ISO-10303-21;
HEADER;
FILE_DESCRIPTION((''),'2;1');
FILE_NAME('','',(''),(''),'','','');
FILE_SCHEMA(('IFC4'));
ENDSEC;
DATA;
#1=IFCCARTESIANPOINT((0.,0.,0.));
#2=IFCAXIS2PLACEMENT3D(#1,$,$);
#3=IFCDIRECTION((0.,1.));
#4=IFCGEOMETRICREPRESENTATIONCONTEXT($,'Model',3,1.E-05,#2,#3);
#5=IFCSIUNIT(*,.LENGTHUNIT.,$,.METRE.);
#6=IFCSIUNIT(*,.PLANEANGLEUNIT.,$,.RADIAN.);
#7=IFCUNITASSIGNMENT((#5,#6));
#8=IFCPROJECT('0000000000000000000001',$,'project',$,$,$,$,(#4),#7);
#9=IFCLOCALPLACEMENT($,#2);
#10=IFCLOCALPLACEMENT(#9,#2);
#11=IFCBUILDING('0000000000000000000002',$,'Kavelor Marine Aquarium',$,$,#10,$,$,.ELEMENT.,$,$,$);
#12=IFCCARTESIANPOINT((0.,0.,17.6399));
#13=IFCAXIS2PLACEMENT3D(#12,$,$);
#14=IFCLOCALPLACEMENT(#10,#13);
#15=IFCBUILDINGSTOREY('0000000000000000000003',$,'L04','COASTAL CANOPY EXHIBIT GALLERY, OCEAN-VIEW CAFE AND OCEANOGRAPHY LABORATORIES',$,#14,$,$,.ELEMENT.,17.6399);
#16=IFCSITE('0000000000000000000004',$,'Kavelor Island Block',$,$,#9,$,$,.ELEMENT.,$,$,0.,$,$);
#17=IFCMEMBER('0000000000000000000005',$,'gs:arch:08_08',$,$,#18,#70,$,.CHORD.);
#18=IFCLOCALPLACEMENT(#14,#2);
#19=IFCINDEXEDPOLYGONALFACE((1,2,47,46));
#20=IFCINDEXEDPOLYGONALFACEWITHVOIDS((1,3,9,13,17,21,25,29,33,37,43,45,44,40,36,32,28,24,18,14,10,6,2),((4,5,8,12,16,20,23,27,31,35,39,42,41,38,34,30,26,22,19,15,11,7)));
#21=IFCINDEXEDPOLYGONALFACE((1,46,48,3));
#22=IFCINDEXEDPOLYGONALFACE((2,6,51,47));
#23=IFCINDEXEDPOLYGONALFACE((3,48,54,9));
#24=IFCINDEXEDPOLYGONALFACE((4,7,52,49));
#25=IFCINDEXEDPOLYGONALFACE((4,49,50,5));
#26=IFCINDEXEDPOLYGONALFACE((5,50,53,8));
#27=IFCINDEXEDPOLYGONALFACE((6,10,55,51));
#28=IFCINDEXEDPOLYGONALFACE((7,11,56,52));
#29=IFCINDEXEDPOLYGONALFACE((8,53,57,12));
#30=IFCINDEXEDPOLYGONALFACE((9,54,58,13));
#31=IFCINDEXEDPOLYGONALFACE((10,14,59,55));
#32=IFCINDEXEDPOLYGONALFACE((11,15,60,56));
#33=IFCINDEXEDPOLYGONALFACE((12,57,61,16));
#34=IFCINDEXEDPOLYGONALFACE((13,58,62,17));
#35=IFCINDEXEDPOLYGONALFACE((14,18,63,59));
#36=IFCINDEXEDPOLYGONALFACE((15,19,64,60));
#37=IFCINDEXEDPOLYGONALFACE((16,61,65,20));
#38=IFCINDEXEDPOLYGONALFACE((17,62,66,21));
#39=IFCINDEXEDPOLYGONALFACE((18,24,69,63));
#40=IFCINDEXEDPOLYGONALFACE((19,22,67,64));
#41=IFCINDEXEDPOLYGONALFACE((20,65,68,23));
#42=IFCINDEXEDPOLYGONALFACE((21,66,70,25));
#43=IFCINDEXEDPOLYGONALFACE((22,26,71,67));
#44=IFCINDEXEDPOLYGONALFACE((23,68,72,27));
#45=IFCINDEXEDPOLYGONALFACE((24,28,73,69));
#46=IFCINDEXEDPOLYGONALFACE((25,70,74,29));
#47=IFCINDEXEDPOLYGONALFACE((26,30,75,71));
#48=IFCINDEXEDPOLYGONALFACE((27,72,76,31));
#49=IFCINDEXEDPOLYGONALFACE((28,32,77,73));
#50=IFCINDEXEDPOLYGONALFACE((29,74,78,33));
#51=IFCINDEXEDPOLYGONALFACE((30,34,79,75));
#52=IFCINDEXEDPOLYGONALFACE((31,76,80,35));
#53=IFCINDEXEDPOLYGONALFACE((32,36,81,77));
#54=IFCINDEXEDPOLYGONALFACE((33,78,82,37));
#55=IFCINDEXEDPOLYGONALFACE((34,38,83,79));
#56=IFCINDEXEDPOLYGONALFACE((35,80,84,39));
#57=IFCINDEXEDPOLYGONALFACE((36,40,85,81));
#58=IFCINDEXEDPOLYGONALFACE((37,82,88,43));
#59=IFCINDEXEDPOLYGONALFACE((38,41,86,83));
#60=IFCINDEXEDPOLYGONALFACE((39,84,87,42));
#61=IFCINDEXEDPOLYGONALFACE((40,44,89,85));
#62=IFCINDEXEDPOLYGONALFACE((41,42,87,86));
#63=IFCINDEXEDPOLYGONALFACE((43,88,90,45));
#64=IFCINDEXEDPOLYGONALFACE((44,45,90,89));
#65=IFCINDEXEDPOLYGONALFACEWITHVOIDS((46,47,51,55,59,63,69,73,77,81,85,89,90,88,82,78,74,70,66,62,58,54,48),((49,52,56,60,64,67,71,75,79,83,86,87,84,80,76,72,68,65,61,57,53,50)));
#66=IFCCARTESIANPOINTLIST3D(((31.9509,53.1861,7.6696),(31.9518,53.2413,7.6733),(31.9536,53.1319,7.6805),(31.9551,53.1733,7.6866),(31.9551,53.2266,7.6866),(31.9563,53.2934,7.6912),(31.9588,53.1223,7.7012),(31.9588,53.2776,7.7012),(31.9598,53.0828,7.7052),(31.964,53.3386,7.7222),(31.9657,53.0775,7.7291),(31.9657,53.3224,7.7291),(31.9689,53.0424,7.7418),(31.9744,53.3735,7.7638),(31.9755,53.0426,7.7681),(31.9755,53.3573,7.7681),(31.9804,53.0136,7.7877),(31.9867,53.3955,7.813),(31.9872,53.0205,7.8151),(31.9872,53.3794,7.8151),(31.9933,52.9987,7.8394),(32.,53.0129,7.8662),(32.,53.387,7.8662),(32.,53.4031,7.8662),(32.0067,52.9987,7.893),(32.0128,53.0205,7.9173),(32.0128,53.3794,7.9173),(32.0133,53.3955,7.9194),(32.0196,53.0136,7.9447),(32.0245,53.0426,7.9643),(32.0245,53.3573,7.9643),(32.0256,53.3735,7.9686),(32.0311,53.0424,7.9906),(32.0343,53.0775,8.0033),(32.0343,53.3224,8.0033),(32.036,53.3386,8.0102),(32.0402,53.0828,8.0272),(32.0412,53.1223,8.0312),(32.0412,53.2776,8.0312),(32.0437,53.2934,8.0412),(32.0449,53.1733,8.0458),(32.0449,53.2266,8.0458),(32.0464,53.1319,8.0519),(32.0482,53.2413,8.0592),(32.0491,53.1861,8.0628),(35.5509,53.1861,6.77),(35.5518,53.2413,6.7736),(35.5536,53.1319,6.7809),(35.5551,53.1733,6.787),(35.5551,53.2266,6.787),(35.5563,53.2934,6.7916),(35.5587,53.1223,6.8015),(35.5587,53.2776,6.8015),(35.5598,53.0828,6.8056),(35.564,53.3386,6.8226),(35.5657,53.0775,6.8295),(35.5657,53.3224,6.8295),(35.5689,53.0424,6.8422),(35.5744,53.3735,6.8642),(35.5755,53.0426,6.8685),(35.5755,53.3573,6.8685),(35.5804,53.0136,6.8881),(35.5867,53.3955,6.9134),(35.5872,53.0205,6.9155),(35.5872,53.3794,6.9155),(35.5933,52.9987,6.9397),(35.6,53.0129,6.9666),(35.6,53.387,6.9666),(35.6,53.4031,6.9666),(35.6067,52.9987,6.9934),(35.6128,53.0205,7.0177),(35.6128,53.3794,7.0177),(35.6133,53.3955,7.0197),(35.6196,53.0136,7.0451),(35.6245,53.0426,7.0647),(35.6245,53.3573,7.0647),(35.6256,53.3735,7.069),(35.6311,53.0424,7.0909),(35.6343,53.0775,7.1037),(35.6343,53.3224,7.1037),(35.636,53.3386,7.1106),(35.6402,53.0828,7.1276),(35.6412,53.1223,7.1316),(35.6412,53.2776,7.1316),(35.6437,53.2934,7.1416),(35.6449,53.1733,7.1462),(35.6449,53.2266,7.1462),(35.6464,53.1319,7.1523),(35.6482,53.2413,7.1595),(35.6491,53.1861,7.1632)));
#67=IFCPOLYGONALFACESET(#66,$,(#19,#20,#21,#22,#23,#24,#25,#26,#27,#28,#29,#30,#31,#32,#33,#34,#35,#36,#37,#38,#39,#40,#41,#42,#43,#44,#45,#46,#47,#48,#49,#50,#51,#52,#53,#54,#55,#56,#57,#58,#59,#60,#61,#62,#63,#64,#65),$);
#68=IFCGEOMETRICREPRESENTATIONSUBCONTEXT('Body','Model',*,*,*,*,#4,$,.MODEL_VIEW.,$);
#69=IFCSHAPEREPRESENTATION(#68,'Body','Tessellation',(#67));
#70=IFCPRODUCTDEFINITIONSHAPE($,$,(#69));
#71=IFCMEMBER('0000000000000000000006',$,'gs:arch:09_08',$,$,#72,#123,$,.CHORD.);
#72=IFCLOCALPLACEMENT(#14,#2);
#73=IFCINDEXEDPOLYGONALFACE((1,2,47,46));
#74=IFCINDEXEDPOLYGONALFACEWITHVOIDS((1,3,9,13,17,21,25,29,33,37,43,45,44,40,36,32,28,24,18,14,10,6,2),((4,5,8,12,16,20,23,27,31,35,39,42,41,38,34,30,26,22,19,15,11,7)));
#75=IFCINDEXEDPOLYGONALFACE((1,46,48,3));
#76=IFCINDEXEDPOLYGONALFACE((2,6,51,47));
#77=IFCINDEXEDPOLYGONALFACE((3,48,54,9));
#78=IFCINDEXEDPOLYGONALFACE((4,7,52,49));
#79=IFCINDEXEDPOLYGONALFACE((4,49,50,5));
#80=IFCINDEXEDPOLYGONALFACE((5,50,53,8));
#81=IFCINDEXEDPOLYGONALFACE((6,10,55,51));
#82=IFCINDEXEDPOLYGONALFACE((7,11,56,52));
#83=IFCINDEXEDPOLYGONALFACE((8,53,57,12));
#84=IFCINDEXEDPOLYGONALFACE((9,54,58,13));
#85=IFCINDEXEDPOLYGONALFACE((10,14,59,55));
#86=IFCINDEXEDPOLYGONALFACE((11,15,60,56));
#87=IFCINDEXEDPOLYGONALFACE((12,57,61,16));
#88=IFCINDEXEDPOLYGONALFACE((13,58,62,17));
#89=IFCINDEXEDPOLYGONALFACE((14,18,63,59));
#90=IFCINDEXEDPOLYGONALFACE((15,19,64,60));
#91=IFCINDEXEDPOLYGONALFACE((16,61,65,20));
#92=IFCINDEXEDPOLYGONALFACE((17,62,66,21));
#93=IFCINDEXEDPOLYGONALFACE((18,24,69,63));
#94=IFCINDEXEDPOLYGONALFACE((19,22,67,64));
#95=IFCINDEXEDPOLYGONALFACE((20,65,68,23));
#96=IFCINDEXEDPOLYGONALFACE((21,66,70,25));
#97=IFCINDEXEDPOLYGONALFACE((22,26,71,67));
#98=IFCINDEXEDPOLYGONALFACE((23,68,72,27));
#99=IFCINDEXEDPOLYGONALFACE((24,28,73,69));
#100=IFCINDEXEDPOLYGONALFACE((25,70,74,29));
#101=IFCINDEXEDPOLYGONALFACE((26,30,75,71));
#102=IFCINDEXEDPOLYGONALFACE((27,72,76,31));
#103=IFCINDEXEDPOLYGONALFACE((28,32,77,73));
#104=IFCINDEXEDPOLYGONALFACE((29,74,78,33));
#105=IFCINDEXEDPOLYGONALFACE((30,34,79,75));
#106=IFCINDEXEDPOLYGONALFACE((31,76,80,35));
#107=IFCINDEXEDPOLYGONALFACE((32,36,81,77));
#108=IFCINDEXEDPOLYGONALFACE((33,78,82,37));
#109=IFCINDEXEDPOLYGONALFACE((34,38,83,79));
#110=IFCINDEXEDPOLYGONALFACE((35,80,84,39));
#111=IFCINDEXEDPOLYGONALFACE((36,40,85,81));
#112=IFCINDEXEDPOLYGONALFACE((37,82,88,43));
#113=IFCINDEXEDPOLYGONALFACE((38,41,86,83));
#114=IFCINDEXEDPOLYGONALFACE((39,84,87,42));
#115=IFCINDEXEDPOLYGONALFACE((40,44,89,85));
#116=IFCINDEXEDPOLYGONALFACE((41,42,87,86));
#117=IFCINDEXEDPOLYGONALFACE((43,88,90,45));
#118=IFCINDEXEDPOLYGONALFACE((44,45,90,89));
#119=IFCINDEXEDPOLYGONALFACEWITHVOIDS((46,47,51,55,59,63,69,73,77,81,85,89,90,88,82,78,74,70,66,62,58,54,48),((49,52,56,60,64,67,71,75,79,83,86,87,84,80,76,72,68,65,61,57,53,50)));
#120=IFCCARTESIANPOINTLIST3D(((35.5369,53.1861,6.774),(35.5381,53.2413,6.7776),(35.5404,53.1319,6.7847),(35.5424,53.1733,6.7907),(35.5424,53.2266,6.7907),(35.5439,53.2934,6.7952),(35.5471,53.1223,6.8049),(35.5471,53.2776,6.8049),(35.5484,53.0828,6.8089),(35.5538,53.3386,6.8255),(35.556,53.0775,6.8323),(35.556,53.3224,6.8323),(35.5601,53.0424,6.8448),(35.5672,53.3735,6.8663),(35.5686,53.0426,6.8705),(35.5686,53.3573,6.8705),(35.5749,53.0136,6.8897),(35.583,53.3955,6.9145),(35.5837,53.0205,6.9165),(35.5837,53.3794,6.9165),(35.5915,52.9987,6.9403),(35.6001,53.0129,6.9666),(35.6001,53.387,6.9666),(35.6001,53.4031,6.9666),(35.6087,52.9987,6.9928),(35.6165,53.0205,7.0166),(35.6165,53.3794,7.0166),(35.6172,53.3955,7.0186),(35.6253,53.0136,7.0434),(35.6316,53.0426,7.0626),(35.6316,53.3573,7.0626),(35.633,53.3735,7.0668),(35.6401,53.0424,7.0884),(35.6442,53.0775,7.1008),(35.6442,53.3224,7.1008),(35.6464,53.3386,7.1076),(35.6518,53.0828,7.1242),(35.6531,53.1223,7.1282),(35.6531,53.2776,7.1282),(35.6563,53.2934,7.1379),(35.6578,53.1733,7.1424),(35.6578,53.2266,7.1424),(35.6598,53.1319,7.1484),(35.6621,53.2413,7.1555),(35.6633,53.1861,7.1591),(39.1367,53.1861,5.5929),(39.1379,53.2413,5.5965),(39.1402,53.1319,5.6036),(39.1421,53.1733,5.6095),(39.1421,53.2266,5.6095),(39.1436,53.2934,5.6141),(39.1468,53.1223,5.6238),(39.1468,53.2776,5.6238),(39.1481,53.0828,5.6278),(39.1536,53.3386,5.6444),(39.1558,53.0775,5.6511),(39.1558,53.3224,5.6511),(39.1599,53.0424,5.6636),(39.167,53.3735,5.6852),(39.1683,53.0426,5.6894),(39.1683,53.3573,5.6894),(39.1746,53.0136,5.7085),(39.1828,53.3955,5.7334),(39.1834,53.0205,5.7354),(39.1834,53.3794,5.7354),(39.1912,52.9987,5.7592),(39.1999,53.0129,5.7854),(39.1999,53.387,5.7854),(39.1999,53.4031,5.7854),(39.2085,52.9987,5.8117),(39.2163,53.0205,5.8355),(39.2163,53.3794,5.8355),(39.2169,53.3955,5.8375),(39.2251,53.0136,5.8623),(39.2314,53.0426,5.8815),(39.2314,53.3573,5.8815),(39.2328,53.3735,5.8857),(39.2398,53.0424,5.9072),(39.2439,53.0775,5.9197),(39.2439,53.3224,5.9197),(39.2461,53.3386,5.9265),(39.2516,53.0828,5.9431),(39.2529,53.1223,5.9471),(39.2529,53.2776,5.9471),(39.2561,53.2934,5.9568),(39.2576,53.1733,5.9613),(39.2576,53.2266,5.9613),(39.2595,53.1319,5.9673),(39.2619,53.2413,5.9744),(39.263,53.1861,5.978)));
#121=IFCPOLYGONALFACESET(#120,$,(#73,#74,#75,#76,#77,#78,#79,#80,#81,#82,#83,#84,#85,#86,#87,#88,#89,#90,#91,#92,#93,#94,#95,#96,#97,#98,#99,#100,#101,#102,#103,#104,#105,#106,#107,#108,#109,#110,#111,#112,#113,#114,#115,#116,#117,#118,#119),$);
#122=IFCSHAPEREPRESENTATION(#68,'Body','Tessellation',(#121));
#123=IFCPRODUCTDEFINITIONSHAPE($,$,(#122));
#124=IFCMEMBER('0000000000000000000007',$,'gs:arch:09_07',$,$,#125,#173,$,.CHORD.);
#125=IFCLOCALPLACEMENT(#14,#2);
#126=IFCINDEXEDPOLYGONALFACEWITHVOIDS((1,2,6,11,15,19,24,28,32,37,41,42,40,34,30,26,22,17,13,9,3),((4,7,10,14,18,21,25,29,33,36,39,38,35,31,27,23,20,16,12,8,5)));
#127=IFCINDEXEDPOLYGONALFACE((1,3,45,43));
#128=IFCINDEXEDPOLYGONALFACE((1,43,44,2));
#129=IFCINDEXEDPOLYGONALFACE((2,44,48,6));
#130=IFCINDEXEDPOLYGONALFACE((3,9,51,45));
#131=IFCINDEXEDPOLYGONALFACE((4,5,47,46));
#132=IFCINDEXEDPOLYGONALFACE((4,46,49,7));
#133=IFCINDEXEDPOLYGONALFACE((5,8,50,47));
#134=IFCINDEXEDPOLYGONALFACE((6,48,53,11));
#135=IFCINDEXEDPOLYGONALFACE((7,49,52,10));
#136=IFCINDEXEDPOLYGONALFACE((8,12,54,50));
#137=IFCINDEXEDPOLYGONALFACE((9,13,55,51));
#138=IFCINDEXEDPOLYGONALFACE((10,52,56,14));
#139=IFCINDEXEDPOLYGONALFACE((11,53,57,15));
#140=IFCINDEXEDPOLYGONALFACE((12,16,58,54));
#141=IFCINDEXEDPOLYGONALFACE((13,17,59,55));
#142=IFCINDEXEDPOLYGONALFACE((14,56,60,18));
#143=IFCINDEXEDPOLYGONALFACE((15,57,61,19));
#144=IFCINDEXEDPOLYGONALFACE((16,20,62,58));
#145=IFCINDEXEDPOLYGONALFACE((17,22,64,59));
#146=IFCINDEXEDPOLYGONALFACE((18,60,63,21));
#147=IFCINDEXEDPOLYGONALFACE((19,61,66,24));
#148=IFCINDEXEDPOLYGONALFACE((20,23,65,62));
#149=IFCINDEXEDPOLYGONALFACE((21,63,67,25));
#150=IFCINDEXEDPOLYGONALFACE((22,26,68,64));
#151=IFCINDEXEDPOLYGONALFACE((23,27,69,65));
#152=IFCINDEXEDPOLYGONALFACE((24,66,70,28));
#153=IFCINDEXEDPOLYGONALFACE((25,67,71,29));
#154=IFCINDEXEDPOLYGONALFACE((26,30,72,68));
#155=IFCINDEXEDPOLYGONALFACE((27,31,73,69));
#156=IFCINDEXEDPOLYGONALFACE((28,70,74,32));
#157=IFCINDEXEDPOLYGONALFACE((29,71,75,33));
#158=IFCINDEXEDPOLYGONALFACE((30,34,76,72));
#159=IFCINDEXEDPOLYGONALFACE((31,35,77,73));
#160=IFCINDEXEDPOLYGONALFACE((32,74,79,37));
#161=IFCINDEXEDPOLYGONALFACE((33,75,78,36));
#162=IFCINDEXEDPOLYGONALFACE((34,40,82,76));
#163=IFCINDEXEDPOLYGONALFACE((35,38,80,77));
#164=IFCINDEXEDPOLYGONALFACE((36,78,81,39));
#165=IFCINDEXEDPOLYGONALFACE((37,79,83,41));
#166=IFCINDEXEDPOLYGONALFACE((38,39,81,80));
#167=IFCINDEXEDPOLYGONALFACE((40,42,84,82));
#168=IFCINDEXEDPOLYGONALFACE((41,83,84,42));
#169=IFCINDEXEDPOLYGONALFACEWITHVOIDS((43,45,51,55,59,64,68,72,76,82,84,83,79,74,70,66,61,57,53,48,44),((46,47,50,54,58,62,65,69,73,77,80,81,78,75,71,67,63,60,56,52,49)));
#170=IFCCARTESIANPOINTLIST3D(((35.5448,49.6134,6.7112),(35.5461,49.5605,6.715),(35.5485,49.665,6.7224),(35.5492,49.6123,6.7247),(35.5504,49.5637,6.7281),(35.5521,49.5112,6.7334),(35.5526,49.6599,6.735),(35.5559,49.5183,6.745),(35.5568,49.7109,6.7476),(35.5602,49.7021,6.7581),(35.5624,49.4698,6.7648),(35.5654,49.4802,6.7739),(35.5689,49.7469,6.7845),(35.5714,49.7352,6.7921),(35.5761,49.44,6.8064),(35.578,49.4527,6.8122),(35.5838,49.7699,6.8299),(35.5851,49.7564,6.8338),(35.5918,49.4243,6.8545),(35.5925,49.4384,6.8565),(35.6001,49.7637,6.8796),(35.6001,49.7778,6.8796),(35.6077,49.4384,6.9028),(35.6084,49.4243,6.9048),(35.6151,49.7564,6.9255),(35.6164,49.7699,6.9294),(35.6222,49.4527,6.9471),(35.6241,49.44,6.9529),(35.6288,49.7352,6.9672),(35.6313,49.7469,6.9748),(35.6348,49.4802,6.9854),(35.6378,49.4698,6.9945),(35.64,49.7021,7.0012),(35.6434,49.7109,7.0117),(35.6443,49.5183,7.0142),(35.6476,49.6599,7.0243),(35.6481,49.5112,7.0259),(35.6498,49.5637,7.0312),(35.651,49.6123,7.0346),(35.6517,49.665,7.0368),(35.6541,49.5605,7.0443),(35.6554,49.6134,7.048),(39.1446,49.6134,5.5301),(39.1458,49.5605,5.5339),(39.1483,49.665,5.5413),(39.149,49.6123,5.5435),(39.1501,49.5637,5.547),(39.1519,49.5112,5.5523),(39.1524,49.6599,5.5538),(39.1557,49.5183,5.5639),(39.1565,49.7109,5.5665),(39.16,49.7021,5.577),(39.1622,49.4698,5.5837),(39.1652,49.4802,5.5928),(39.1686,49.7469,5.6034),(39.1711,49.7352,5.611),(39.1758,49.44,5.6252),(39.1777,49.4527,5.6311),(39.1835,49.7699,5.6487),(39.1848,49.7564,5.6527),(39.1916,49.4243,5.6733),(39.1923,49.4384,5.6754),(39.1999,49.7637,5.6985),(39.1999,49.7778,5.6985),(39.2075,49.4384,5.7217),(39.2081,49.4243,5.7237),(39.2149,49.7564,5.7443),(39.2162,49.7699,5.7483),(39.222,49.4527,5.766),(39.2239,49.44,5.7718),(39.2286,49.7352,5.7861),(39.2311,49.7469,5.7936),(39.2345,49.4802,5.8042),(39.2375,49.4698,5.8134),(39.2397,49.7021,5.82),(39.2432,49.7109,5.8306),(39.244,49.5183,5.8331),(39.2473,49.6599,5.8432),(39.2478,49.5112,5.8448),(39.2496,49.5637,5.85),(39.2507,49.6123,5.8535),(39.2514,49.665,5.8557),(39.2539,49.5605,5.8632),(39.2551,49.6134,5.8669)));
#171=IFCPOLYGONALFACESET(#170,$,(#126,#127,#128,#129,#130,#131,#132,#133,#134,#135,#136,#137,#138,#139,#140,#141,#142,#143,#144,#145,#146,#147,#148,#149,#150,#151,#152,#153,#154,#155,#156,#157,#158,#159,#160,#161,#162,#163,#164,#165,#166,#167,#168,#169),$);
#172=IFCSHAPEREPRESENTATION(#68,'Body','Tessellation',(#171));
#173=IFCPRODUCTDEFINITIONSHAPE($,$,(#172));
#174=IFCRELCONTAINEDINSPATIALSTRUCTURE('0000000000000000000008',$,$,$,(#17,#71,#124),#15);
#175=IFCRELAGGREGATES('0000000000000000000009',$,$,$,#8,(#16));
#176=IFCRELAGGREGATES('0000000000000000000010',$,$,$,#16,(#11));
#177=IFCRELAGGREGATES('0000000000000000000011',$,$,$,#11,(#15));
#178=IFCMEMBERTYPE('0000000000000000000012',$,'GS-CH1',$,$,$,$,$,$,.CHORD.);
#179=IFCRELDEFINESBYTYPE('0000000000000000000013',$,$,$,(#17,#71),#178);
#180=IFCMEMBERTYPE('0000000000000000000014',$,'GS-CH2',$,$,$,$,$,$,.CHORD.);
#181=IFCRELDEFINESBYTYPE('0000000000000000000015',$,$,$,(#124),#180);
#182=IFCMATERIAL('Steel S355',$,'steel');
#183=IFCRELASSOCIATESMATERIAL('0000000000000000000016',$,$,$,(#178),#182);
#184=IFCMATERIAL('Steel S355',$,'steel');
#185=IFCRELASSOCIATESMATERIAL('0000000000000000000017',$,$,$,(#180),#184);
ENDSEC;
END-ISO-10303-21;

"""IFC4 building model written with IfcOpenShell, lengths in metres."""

from ifc_helpers import new_model, si_unit, direction, frame, origin, origin_2d, place, context, subcontext, project, spatial, hollow_circle, extrude, material, material_profile, profile_set, type_object, element, save


model = new_model("IFC4")

# Units and contexts
model_context = context("Model", 3, precision=1e-05, world=origin(), true_north=direction((0.0, 1.0)))
body_context = subcontext(model_context, "Body", "Model", "MODEL_VIEW")
ifc_project = project(units=[si_unit("LENGTHUNIT", "METRE"), si_unit("PLANEANGLEUNIT", "RADIAN")], contexts=[model_context])

# Site, building, storey
site_placement = place(None, origin())
site = spatial("IfcSite", under=ifc_project, at=site_placement, Name="Kavelor Island Block", CompositionType="ELEMENT", RefElevation=0.0)
building_placement = place(site_placement, origin())
building = spatial("IfcBuilding", under=site, at=building_placement, Name="Kavelor Marine Aquarium", CompositionType="ELEMENT")
storey_placement = place(building_placement, frame((0.0, 0.0, 17.6399)))
storey = spatial("IfcBuildingStorey", under=building, at=storey_placement, Name="L04", Description="COASTAL CANOPY EXHIBIT GALLERY, OCEAN-VIEW CAFE AND OCEANOGRAPHY LABORATORIES", CompositionType="ELEMENT", Elevation=17.6399)

# Members
ifc_material_1 = material(Name="Steel S355", Category="steel")
ifc_material_profile_1 = material_profile(ifc_material_1, hollow_circle(Radius=0.2031, WallThickness=0.0161, at=origin_2d()), Name="CHS 406.4x16.0")
ifc_profile_set_1 = profile_set([ifc_material_profile_1], Name="Steel S355")
member_type_1 = type_object("IfcMemberType", Name="GS-CH1", PredefinedType="CHORD", material=ifc_profile_set_1)
member_1_placement = place(storey_placement, frame((32.0, 53.2, 7.8662), z_axis=(0.970166, 0.0, -0.242443), x_axis=(0.0, 1.0, 0.0)))
element("IfcMember", 1, at=member_1_placement, inside=storey, type_object=member_type_1, Name="gs:arch:08_08", PredefinedType="CHORD", context=body_context, shape_type="SweptSolid", body=[
    extrude(hollow_circle(Radius=0.2031, WallThickness=0.0161, at=origin_2d()), origin(), (0.0, 0.0, 1.0), 3.7107),
])
member_2_placement = place(storey_placement, frame((35.6001, 53.2, 6.9666), z_axis=(0.950161, 0.0, -0.311759), x_axis=(0.0, 1.0, 0.0)))
element("IfcMember", 2, at=member_2_placement, inside=storey, type_object=member_type_1, Name="gs:arch:09_08", PredefinedType="CHORD", context=body_context, shape_type="SweptSolid", body=[
    extrude(hollow_circle(Radius=0.2031, WallThickness=0.0161, at=origin_2d()), origin(), (0.0, 0.0, 1.0), 3.7886),
])
ifc_material_2 = material(Name="Steel S355", Category="steel")
ifc_material_profile_2 = material_profile(ifc_material_2, hollow_circle(Radius=0.1777, WallThickness=0.0142, at=origin_2d()), Name="CHS 355.6x14.2")
ifc_profile_set_2 = profile_set([ifc_material_profile_2], Name="Steel S355")
member_type_2 = type_object("IfcMemberType", Name="GS-CH2", PredefinedType="CHORD", material=ifc_profile_set_2)
member_3_placement = place(storey_placement, frame((35.6001, 49.6001, 6.8796), z_axis=(0.950161, 0.0, -0.311759), x_axis=(0.0, 1.0, 0.0)))
element("IfcMember", 3, at=member_3_placement, inside=storey, type_object=member_type_2, Name="gs:arch:09_07", PredefinedType="CHORD", context=body_context, shape_type="SweptSolid", body=[
    extrude(hollow_circle(Radius=0.1777, WallThickness=0.0142, at=origin_2d()), origin(), (0.0, 0.0, 1.0), 3.7886),
])

save(model, "model.ifc")
